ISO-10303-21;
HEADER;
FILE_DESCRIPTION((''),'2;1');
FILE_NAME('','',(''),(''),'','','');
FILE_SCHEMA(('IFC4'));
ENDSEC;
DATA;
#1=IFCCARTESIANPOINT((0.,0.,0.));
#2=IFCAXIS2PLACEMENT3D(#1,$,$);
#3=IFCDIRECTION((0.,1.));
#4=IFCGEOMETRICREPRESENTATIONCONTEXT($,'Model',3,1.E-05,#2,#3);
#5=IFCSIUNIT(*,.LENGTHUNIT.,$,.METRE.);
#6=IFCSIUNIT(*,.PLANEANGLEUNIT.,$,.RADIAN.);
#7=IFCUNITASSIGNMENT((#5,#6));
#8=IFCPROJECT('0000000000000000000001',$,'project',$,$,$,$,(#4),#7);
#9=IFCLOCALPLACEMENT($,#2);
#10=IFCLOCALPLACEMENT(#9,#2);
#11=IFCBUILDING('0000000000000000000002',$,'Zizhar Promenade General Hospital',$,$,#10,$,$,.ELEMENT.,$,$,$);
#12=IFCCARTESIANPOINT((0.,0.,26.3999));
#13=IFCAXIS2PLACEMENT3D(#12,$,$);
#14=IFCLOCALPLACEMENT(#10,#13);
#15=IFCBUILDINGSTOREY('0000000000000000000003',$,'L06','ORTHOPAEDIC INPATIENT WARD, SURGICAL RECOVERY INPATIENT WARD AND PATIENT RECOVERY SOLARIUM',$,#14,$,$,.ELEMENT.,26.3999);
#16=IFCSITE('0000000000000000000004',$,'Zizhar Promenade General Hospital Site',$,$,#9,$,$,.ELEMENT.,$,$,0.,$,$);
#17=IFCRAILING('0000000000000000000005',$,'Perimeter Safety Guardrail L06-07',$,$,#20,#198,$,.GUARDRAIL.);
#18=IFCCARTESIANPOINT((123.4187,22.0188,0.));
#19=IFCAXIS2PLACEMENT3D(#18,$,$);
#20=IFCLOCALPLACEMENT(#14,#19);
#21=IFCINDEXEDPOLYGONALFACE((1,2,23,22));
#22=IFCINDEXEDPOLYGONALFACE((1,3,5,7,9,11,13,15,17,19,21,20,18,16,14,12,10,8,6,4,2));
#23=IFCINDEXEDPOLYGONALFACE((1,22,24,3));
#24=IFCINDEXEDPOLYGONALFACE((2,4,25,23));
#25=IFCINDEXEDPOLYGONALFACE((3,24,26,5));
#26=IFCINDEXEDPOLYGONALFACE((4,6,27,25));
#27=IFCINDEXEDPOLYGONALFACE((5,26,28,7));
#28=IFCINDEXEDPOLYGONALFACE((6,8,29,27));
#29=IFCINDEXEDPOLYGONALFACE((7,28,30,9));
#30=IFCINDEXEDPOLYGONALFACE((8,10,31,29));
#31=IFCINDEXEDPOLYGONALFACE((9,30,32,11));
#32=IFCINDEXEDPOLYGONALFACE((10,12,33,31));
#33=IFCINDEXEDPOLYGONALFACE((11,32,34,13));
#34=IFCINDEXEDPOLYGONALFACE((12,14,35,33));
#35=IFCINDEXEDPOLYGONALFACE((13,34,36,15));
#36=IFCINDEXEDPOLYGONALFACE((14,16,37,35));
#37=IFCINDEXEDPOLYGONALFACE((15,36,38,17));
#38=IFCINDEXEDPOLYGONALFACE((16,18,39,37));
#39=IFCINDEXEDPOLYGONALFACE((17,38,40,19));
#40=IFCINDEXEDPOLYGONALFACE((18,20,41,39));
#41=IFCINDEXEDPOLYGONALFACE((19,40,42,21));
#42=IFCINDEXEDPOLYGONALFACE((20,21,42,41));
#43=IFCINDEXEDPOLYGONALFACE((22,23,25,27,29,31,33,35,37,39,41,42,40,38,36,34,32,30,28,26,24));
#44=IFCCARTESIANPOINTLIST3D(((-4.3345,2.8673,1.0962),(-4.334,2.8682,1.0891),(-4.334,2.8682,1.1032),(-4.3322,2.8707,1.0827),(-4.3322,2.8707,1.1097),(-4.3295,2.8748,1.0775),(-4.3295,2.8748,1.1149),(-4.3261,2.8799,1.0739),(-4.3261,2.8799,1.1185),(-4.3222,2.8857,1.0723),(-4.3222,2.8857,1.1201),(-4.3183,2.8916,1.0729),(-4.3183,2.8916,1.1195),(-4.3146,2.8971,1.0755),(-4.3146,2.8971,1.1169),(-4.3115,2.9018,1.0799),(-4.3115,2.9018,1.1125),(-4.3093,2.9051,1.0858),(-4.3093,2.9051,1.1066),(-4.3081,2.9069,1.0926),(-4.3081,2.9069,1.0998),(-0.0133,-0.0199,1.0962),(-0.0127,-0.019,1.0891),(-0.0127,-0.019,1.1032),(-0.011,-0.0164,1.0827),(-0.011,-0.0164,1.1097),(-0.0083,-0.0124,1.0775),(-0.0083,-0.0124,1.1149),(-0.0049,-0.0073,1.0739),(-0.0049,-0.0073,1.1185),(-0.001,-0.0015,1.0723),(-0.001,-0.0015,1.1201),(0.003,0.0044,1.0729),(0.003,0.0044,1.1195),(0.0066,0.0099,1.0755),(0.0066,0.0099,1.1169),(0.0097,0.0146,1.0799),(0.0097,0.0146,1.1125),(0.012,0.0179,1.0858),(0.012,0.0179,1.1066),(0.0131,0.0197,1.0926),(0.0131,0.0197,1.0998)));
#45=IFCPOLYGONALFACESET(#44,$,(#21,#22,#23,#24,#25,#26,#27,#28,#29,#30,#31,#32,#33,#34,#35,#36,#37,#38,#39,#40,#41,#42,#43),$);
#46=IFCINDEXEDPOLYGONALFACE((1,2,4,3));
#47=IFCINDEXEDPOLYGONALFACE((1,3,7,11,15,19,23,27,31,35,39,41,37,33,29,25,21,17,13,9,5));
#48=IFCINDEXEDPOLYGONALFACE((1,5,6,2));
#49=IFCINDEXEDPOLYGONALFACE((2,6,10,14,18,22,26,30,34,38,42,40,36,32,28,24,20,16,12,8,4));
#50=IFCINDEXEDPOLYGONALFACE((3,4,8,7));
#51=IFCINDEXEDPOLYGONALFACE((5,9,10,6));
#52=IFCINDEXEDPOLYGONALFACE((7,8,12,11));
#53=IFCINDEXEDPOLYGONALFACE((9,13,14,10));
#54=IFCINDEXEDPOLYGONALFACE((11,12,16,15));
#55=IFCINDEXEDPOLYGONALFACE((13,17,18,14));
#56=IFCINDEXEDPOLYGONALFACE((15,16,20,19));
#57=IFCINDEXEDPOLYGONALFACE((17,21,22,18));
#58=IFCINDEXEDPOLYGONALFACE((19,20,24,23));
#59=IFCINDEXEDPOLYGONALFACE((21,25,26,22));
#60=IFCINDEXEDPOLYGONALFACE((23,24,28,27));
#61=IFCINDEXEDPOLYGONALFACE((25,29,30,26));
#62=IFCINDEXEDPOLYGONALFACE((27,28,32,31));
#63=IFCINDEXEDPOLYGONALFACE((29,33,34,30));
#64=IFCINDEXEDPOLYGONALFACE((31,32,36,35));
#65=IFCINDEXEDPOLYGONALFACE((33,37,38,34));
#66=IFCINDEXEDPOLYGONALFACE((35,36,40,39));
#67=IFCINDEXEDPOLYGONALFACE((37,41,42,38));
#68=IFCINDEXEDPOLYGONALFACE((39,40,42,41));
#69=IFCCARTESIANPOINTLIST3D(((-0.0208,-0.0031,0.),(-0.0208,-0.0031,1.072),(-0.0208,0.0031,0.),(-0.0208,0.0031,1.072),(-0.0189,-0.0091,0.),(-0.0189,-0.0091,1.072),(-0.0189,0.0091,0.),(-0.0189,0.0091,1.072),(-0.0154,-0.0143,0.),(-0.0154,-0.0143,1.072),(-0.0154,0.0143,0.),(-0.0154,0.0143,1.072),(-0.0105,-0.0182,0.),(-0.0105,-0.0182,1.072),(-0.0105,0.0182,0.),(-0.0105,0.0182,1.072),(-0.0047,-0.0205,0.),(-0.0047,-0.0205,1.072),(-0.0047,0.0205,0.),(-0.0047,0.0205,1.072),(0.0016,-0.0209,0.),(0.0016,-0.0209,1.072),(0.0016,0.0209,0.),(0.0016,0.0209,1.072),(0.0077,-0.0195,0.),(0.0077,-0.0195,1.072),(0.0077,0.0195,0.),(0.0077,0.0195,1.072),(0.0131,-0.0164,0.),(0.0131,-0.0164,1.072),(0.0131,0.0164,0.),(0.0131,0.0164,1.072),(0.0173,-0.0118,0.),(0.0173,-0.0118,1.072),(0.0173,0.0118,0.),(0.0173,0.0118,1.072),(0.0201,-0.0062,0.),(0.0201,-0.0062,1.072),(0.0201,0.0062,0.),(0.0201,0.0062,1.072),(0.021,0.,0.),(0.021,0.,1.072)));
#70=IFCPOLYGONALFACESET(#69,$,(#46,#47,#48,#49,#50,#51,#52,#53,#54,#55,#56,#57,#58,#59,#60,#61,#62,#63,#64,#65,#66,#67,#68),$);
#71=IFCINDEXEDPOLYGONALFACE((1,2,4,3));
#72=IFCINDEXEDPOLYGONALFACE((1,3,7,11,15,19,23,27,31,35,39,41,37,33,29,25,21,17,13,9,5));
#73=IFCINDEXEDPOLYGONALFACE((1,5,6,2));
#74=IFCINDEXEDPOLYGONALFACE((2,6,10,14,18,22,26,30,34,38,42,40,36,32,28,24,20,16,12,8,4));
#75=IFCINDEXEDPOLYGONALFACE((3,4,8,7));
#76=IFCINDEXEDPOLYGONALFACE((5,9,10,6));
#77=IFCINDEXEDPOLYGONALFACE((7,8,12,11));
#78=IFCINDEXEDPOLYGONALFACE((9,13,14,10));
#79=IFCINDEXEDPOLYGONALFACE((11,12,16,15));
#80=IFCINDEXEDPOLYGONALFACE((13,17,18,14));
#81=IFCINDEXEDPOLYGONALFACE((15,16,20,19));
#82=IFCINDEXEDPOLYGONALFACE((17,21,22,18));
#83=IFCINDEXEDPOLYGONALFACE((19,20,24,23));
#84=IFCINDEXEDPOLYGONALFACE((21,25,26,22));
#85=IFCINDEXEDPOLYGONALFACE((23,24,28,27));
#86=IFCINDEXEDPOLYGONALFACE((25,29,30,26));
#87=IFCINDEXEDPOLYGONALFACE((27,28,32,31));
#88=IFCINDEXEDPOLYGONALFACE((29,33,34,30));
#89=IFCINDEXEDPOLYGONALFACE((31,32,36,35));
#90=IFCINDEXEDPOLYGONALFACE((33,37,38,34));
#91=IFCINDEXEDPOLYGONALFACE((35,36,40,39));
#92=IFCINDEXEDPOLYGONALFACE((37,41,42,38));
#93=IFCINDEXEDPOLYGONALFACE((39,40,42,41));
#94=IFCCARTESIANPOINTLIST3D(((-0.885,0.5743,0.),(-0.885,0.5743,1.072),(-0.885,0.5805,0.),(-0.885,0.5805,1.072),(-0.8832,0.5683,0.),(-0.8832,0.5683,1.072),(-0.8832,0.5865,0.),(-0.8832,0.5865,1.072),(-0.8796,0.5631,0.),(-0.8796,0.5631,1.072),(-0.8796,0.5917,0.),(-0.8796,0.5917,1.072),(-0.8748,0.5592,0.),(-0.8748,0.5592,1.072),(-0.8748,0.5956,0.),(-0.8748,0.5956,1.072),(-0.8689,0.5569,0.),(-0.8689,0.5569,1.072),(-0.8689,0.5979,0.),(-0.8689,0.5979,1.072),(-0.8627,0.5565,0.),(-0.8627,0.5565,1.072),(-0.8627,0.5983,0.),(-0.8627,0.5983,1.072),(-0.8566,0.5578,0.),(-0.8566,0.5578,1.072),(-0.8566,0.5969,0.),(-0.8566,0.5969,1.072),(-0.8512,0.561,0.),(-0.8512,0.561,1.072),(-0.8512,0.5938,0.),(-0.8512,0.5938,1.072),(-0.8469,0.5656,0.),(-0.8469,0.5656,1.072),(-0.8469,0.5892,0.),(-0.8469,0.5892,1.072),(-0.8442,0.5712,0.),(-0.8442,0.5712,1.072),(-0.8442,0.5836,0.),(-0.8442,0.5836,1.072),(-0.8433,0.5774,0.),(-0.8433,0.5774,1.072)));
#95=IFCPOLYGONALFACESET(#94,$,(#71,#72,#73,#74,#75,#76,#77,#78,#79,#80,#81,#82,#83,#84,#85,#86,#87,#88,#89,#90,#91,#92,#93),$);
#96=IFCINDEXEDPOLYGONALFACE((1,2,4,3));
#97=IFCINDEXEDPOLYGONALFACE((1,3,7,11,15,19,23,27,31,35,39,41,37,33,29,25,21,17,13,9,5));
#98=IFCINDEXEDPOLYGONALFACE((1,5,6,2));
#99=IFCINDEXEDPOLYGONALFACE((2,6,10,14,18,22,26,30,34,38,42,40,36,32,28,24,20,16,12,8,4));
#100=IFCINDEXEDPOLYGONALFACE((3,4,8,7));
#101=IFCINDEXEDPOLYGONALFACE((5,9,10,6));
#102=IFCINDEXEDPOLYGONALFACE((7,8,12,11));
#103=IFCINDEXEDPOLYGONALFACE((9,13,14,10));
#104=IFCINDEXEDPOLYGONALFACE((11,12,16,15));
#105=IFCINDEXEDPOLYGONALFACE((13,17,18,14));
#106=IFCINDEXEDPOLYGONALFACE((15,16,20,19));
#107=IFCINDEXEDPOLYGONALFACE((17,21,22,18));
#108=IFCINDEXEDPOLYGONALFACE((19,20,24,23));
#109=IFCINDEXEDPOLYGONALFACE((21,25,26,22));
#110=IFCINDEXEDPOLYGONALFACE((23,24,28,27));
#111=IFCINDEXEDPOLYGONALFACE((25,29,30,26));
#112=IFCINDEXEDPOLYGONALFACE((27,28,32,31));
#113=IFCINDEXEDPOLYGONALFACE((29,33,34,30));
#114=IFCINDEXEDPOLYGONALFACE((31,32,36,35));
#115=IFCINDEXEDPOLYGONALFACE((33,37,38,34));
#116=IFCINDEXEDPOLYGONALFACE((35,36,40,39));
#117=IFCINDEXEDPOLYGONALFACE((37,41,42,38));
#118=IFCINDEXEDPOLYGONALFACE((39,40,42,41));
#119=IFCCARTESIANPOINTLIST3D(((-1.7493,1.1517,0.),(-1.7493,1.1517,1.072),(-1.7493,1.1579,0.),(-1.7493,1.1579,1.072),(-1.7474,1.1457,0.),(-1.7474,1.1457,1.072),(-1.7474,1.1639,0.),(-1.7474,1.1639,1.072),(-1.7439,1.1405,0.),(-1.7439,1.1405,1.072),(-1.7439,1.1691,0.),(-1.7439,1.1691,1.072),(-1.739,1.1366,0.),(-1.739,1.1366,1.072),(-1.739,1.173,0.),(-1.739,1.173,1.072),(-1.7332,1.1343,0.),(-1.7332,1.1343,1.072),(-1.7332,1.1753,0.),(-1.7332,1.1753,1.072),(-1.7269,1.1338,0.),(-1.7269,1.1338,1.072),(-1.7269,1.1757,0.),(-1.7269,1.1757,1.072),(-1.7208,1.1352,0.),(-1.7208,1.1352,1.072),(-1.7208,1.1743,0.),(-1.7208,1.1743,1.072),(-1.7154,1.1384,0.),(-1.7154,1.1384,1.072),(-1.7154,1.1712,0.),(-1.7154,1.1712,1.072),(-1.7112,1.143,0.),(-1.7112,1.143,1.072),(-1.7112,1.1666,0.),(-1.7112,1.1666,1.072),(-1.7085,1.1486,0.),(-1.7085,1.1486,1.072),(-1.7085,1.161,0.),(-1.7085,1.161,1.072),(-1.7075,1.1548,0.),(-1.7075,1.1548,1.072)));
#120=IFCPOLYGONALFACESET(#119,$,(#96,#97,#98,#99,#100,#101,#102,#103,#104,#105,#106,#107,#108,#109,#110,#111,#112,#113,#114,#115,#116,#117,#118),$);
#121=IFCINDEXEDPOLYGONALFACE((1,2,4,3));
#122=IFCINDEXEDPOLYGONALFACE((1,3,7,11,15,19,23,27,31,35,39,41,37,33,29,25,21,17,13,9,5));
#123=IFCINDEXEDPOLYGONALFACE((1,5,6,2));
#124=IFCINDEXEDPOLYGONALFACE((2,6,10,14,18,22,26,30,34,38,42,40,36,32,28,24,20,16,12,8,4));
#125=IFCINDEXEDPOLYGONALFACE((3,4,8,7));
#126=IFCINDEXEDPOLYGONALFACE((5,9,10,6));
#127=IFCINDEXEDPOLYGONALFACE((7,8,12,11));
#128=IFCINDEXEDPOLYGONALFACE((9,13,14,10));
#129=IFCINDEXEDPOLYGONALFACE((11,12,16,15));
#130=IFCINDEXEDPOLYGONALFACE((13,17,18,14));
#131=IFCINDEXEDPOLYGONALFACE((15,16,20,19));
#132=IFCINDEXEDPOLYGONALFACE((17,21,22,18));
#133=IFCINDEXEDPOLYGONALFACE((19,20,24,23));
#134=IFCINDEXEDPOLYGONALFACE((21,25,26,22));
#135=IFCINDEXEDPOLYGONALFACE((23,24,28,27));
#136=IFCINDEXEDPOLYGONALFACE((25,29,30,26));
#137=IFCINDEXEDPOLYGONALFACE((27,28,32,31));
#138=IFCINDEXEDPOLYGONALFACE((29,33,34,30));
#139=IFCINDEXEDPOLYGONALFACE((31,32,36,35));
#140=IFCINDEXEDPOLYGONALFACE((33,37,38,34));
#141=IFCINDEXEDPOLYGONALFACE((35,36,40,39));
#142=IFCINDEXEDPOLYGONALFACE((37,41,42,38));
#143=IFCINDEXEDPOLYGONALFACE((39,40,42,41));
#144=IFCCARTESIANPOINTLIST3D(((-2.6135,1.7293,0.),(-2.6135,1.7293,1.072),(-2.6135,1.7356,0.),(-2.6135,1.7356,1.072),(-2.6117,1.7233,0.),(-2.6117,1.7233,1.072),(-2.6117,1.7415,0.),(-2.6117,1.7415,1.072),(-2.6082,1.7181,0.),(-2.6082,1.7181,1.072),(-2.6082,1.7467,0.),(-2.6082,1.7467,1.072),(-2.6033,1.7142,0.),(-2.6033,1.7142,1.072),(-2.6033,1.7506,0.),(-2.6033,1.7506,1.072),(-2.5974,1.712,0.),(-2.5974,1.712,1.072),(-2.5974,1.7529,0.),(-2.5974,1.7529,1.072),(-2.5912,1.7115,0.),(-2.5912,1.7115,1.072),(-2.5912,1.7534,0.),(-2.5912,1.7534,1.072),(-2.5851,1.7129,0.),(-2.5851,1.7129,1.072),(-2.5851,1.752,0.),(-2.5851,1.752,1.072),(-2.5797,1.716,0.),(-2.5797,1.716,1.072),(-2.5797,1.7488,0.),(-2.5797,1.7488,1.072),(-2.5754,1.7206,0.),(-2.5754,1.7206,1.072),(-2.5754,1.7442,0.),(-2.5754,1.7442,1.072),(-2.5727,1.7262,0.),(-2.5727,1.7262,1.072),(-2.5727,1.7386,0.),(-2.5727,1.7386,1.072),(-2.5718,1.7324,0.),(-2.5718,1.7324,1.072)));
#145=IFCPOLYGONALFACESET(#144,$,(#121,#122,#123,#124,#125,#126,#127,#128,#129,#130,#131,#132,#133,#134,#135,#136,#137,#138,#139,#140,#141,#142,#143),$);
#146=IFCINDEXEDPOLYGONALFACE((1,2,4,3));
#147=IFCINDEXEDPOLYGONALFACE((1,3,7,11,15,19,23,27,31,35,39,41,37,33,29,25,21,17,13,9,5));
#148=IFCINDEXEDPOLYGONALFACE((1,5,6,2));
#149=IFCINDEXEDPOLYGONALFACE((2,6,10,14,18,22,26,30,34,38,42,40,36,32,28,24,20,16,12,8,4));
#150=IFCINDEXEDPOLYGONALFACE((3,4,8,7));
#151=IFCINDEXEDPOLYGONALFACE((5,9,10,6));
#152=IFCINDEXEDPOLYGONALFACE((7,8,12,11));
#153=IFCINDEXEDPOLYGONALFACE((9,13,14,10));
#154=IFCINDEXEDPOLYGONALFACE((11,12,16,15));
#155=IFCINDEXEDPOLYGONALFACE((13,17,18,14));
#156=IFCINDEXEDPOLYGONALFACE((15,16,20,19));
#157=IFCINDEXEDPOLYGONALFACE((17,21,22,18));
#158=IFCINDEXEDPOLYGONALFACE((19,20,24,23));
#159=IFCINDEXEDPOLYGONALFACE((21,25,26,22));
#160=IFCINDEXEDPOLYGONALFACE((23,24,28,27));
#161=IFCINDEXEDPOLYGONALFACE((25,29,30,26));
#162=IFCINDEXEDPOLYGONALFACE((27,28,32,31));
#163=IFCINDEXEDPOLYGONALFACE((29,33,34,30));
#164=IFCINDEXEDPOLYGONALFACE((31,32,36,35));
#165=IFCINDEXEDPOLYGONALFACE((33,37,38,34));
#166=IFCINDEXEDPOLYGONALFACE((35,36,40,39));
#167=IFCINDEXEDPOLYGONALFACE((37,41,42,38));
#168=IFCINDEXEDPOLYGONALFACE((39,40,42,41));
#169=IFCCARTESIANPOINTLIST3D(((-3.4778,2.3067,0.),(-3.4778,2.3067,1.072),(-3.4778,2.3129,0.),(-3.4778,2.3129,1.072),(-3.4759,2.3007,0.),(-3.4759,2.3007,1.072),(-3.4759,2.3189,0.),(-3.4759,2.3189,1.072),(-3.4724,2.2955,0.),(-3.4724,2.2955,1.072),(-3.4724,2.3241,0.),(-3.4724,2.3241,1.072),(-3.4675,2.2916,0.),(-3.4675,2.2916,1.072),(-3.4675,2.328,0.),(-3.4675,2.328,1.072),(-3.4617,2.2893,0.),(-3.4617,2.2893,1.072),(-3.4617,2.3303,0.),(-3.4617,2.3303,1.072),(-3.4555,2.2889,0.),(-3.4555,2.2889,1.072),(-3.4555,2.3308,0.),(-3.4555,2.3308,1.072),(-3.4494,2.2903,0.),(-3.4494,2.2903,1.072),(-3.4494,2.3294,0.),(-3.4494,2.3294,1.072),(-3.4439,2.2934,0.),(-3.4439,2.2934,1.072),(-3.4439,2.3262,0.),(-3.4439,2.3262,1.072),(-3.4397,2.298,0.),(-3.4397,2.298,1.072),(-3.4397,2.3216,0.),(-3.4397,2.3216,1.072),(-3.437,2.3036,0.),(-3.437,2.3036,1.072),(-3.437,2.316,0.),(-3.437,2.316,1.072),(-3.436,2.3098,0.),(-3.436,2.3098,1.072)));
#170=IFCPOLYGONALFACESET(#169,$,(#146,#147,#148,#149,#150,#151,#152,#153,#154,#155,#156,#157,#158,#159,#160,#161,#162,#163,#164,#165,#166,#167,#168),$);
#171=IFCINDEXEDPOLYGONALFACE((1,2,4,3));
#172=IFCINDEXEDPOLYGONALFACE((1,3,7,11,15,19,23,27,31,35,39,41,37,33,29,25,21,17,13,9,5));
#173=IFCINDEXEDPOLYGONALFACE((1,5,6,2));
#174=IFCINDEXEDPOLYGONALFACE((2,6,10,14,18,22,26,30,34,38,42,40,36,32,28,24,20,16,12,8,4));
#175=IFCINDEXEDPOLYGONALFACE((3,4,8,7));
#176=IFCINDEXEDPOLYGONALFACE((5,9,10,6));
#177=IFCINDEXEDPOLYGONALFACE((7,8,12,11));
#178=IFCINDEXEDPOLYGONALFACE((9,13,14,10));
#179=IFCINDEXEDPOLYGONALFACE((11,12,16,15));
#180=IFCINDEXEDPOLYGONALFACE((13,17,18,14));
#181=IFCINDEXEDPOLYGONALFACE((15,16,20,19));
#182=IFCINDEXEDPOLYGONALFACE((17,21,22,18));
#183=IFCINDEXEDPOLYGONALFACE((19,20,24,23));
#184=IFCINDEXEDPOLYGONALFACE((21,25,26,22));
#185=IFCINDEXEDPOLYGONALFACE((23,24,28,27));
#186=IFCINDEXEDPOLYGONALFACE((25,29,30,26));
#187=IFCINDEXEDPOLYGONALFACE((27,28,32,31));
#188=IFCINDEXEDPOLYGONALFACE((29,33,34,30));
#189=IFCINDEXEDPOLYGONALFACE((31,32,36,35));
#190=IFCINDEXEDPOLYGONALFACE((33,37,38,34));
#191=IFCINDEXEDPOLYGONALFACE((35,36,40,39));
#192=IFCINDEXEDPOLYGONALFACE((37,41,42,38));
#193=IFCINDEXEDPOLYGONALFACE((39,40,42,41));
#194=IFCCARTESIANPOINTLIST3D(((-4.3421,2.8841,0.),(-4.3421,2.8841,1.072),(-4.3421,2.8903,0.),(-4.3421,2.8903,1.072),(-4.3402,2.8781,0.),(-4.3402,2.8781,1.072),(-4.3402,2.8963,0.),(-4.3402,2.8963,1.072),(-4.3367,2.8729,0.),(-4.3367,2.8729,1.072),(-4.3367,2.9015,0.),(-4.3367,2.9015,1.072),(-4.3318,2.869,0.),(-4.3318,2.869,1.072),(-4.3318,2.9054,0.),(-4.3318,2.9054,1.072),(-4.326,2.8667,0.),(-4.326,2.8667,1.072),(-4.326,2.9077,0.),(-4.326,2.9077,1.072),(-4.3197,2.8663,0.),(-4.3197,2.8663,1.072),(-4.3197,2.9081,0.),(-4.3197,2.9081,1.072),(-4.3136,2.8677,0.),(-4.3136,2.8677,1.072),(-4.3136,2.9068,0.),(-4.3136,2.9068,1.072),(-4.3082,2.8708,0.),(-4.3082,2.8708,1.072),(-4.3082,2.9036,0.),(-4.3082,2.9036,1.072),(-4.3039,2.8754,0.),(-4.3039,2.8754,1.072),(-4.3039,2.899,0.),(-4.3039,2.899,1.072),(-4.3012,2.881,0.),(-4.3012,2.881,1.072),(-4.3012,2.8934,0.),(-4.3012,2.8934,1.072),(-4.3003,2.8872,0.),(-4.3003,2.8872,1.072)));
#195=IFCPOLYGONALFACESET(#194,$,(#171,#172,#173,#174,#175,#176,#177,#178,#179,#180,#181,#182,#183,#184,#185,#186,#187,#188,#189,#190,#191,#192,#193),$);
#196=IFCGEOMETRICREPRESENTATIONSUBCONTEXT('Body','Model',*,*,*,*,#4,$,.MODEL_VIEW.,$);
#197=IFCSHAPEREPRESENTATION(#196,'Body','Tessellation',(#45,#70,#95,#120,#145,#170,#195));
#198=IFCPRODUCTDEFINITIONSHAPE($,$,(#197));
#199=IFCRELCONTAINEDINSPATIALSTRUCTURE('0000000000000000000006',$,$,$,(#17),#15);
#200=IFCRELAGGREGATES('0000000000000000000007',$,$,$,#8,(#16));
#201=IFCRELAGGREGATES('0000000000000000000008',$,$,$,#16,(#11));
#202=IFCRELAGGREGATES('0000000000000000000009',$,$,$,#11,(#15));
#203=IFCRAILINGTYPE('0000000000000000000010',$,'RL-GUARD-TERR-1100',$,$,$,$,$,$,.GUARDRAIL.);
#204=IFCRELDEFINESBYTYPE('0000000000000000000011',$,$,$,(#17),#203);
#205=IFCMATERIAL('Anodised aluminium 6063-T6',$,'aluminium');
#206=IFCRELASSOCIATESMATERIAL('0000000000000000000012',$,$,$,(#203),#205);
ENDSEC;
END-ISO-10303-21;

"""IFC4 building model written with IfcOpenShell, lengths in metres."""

from ifc_helpers import new_model, si_unit, direction, frame, origin, origin_2d, place, context, subcontext, project, spatial, circle, hollow_circle, extrude, material, material_profile, profile_set, type_object, element, save


model = new_model("IFC4")

# Units and contexts
model_context = context("Model", 3, precision=1e-05, world=origin(), true_north=direction((0.0, 1.0)))
body_context = subcontext(model_context, "Body", "Model", "MODEL_VIEW")
ifc_project = project(units=[si_unit("LENGTHUNIT", "METRE"), si_unit("PLANEANGLEUNIT", "RADIAN")], contexts=[model_context])

# Site, building, storey
site_placement = place(None, origin())
site = spatial("IfcSite", under=ifc_project, at=site_placement, Name="Zizhar Promenade General Hospital Site", CompositionType="ELEMENT", RefElevation=0.0)
building_placement = place(site_placement, origin())
building = spatial("IfcBuilding", under=site, at=building_placement, Name="Zizhar Promenade General Hospital", CompositionType="ELEMENT")
storey_placement = place(building_placement, frame((0.0, 0.0, 26.3999)))
storey = spatial("IfcBuildingStorey", under=building, at=storey_placement, Name="L06", Description="ORTHOPAEDIC INPATIENT WARD, SURGICAL RECOVERY INPATIENT WARD AND PATIENT RECOVERY SOLARIUM", CompositionType="ELEMENT", Elevation=26.3999)

# Railing
ifc_material_1 = material(Name="Anodised aluminium 6063-T6", Category="aluminium")
ifc_material_profile_1 = material_profile(ifc_material_1, hollow_circle(Radius=0.0698, WallThickness=0.0063, at=origin_2d()))
ifc_profile_set_1 = profile_set([ifc_material_profile_1], Name="Anodised aluminium 6063-T6")
railing_type = type_object("IfcRailingType", Name="RL-GUARD-TERR-1100", PredefinedType="GUARDRAIL", material=ifc_profile_set_1)
railing_1_placement = place(storey_placement, frame((123.4187, 22.0188, 0.0)))
element("IfcRailing", 1, at=railing_1_placement, inside=storey, type_object=railing_type, Name="Perimeter Safety Guardrail L06-07", PredefinedType="GUARDRAIL", context=body_context, shape_type="SweptSolid", body=[
    extrude(circle(Radius=0.0239, at=origin_2d()), frame((0.0, 0.0, 1.0962), z_axis=(-0.831486, 0.555545, 0.0), x_axis=(-0.555545, -0.831486, 0.0)), (0.0, 0.0, 1.0), 5.197),
    extrude(circle(Radius=0.021, at=origin_2d()), origin(), (0.0, 0.0, 1.0), 1.072),
    extrude(circle(Radius=0.021, at=origin_2d()), frame((-0.8643, 0.5774, 0.0)), (0.0, 0.0, 1.0), 1.072),
    extrude(circle(Radius=0.021, at=origin_2d()), frame((-1.7285, 1.1548, 0.0)), (0.0, 0.0, 1.0), 1.072),
    extrude(circle(Radius=0.021, at=origin_2d()), frame((-2.5928, 1.7324, 0.0)), (0.0, 0.0, 1.0), 1.072),
    extrude(circle(Radius=0.021, at=origin_2d()), frame((-3.457, 2.3098, 0.0)), (0.0, 0.0, 1.0), 1.072),
    extrude(circle(Radius=0.021, at=origin_2d()), frame((-4.3213, 2.8872, 0.0)), (0.0, 0.0, 1.0), 1.072),
])

save(model, "model.ifc")
